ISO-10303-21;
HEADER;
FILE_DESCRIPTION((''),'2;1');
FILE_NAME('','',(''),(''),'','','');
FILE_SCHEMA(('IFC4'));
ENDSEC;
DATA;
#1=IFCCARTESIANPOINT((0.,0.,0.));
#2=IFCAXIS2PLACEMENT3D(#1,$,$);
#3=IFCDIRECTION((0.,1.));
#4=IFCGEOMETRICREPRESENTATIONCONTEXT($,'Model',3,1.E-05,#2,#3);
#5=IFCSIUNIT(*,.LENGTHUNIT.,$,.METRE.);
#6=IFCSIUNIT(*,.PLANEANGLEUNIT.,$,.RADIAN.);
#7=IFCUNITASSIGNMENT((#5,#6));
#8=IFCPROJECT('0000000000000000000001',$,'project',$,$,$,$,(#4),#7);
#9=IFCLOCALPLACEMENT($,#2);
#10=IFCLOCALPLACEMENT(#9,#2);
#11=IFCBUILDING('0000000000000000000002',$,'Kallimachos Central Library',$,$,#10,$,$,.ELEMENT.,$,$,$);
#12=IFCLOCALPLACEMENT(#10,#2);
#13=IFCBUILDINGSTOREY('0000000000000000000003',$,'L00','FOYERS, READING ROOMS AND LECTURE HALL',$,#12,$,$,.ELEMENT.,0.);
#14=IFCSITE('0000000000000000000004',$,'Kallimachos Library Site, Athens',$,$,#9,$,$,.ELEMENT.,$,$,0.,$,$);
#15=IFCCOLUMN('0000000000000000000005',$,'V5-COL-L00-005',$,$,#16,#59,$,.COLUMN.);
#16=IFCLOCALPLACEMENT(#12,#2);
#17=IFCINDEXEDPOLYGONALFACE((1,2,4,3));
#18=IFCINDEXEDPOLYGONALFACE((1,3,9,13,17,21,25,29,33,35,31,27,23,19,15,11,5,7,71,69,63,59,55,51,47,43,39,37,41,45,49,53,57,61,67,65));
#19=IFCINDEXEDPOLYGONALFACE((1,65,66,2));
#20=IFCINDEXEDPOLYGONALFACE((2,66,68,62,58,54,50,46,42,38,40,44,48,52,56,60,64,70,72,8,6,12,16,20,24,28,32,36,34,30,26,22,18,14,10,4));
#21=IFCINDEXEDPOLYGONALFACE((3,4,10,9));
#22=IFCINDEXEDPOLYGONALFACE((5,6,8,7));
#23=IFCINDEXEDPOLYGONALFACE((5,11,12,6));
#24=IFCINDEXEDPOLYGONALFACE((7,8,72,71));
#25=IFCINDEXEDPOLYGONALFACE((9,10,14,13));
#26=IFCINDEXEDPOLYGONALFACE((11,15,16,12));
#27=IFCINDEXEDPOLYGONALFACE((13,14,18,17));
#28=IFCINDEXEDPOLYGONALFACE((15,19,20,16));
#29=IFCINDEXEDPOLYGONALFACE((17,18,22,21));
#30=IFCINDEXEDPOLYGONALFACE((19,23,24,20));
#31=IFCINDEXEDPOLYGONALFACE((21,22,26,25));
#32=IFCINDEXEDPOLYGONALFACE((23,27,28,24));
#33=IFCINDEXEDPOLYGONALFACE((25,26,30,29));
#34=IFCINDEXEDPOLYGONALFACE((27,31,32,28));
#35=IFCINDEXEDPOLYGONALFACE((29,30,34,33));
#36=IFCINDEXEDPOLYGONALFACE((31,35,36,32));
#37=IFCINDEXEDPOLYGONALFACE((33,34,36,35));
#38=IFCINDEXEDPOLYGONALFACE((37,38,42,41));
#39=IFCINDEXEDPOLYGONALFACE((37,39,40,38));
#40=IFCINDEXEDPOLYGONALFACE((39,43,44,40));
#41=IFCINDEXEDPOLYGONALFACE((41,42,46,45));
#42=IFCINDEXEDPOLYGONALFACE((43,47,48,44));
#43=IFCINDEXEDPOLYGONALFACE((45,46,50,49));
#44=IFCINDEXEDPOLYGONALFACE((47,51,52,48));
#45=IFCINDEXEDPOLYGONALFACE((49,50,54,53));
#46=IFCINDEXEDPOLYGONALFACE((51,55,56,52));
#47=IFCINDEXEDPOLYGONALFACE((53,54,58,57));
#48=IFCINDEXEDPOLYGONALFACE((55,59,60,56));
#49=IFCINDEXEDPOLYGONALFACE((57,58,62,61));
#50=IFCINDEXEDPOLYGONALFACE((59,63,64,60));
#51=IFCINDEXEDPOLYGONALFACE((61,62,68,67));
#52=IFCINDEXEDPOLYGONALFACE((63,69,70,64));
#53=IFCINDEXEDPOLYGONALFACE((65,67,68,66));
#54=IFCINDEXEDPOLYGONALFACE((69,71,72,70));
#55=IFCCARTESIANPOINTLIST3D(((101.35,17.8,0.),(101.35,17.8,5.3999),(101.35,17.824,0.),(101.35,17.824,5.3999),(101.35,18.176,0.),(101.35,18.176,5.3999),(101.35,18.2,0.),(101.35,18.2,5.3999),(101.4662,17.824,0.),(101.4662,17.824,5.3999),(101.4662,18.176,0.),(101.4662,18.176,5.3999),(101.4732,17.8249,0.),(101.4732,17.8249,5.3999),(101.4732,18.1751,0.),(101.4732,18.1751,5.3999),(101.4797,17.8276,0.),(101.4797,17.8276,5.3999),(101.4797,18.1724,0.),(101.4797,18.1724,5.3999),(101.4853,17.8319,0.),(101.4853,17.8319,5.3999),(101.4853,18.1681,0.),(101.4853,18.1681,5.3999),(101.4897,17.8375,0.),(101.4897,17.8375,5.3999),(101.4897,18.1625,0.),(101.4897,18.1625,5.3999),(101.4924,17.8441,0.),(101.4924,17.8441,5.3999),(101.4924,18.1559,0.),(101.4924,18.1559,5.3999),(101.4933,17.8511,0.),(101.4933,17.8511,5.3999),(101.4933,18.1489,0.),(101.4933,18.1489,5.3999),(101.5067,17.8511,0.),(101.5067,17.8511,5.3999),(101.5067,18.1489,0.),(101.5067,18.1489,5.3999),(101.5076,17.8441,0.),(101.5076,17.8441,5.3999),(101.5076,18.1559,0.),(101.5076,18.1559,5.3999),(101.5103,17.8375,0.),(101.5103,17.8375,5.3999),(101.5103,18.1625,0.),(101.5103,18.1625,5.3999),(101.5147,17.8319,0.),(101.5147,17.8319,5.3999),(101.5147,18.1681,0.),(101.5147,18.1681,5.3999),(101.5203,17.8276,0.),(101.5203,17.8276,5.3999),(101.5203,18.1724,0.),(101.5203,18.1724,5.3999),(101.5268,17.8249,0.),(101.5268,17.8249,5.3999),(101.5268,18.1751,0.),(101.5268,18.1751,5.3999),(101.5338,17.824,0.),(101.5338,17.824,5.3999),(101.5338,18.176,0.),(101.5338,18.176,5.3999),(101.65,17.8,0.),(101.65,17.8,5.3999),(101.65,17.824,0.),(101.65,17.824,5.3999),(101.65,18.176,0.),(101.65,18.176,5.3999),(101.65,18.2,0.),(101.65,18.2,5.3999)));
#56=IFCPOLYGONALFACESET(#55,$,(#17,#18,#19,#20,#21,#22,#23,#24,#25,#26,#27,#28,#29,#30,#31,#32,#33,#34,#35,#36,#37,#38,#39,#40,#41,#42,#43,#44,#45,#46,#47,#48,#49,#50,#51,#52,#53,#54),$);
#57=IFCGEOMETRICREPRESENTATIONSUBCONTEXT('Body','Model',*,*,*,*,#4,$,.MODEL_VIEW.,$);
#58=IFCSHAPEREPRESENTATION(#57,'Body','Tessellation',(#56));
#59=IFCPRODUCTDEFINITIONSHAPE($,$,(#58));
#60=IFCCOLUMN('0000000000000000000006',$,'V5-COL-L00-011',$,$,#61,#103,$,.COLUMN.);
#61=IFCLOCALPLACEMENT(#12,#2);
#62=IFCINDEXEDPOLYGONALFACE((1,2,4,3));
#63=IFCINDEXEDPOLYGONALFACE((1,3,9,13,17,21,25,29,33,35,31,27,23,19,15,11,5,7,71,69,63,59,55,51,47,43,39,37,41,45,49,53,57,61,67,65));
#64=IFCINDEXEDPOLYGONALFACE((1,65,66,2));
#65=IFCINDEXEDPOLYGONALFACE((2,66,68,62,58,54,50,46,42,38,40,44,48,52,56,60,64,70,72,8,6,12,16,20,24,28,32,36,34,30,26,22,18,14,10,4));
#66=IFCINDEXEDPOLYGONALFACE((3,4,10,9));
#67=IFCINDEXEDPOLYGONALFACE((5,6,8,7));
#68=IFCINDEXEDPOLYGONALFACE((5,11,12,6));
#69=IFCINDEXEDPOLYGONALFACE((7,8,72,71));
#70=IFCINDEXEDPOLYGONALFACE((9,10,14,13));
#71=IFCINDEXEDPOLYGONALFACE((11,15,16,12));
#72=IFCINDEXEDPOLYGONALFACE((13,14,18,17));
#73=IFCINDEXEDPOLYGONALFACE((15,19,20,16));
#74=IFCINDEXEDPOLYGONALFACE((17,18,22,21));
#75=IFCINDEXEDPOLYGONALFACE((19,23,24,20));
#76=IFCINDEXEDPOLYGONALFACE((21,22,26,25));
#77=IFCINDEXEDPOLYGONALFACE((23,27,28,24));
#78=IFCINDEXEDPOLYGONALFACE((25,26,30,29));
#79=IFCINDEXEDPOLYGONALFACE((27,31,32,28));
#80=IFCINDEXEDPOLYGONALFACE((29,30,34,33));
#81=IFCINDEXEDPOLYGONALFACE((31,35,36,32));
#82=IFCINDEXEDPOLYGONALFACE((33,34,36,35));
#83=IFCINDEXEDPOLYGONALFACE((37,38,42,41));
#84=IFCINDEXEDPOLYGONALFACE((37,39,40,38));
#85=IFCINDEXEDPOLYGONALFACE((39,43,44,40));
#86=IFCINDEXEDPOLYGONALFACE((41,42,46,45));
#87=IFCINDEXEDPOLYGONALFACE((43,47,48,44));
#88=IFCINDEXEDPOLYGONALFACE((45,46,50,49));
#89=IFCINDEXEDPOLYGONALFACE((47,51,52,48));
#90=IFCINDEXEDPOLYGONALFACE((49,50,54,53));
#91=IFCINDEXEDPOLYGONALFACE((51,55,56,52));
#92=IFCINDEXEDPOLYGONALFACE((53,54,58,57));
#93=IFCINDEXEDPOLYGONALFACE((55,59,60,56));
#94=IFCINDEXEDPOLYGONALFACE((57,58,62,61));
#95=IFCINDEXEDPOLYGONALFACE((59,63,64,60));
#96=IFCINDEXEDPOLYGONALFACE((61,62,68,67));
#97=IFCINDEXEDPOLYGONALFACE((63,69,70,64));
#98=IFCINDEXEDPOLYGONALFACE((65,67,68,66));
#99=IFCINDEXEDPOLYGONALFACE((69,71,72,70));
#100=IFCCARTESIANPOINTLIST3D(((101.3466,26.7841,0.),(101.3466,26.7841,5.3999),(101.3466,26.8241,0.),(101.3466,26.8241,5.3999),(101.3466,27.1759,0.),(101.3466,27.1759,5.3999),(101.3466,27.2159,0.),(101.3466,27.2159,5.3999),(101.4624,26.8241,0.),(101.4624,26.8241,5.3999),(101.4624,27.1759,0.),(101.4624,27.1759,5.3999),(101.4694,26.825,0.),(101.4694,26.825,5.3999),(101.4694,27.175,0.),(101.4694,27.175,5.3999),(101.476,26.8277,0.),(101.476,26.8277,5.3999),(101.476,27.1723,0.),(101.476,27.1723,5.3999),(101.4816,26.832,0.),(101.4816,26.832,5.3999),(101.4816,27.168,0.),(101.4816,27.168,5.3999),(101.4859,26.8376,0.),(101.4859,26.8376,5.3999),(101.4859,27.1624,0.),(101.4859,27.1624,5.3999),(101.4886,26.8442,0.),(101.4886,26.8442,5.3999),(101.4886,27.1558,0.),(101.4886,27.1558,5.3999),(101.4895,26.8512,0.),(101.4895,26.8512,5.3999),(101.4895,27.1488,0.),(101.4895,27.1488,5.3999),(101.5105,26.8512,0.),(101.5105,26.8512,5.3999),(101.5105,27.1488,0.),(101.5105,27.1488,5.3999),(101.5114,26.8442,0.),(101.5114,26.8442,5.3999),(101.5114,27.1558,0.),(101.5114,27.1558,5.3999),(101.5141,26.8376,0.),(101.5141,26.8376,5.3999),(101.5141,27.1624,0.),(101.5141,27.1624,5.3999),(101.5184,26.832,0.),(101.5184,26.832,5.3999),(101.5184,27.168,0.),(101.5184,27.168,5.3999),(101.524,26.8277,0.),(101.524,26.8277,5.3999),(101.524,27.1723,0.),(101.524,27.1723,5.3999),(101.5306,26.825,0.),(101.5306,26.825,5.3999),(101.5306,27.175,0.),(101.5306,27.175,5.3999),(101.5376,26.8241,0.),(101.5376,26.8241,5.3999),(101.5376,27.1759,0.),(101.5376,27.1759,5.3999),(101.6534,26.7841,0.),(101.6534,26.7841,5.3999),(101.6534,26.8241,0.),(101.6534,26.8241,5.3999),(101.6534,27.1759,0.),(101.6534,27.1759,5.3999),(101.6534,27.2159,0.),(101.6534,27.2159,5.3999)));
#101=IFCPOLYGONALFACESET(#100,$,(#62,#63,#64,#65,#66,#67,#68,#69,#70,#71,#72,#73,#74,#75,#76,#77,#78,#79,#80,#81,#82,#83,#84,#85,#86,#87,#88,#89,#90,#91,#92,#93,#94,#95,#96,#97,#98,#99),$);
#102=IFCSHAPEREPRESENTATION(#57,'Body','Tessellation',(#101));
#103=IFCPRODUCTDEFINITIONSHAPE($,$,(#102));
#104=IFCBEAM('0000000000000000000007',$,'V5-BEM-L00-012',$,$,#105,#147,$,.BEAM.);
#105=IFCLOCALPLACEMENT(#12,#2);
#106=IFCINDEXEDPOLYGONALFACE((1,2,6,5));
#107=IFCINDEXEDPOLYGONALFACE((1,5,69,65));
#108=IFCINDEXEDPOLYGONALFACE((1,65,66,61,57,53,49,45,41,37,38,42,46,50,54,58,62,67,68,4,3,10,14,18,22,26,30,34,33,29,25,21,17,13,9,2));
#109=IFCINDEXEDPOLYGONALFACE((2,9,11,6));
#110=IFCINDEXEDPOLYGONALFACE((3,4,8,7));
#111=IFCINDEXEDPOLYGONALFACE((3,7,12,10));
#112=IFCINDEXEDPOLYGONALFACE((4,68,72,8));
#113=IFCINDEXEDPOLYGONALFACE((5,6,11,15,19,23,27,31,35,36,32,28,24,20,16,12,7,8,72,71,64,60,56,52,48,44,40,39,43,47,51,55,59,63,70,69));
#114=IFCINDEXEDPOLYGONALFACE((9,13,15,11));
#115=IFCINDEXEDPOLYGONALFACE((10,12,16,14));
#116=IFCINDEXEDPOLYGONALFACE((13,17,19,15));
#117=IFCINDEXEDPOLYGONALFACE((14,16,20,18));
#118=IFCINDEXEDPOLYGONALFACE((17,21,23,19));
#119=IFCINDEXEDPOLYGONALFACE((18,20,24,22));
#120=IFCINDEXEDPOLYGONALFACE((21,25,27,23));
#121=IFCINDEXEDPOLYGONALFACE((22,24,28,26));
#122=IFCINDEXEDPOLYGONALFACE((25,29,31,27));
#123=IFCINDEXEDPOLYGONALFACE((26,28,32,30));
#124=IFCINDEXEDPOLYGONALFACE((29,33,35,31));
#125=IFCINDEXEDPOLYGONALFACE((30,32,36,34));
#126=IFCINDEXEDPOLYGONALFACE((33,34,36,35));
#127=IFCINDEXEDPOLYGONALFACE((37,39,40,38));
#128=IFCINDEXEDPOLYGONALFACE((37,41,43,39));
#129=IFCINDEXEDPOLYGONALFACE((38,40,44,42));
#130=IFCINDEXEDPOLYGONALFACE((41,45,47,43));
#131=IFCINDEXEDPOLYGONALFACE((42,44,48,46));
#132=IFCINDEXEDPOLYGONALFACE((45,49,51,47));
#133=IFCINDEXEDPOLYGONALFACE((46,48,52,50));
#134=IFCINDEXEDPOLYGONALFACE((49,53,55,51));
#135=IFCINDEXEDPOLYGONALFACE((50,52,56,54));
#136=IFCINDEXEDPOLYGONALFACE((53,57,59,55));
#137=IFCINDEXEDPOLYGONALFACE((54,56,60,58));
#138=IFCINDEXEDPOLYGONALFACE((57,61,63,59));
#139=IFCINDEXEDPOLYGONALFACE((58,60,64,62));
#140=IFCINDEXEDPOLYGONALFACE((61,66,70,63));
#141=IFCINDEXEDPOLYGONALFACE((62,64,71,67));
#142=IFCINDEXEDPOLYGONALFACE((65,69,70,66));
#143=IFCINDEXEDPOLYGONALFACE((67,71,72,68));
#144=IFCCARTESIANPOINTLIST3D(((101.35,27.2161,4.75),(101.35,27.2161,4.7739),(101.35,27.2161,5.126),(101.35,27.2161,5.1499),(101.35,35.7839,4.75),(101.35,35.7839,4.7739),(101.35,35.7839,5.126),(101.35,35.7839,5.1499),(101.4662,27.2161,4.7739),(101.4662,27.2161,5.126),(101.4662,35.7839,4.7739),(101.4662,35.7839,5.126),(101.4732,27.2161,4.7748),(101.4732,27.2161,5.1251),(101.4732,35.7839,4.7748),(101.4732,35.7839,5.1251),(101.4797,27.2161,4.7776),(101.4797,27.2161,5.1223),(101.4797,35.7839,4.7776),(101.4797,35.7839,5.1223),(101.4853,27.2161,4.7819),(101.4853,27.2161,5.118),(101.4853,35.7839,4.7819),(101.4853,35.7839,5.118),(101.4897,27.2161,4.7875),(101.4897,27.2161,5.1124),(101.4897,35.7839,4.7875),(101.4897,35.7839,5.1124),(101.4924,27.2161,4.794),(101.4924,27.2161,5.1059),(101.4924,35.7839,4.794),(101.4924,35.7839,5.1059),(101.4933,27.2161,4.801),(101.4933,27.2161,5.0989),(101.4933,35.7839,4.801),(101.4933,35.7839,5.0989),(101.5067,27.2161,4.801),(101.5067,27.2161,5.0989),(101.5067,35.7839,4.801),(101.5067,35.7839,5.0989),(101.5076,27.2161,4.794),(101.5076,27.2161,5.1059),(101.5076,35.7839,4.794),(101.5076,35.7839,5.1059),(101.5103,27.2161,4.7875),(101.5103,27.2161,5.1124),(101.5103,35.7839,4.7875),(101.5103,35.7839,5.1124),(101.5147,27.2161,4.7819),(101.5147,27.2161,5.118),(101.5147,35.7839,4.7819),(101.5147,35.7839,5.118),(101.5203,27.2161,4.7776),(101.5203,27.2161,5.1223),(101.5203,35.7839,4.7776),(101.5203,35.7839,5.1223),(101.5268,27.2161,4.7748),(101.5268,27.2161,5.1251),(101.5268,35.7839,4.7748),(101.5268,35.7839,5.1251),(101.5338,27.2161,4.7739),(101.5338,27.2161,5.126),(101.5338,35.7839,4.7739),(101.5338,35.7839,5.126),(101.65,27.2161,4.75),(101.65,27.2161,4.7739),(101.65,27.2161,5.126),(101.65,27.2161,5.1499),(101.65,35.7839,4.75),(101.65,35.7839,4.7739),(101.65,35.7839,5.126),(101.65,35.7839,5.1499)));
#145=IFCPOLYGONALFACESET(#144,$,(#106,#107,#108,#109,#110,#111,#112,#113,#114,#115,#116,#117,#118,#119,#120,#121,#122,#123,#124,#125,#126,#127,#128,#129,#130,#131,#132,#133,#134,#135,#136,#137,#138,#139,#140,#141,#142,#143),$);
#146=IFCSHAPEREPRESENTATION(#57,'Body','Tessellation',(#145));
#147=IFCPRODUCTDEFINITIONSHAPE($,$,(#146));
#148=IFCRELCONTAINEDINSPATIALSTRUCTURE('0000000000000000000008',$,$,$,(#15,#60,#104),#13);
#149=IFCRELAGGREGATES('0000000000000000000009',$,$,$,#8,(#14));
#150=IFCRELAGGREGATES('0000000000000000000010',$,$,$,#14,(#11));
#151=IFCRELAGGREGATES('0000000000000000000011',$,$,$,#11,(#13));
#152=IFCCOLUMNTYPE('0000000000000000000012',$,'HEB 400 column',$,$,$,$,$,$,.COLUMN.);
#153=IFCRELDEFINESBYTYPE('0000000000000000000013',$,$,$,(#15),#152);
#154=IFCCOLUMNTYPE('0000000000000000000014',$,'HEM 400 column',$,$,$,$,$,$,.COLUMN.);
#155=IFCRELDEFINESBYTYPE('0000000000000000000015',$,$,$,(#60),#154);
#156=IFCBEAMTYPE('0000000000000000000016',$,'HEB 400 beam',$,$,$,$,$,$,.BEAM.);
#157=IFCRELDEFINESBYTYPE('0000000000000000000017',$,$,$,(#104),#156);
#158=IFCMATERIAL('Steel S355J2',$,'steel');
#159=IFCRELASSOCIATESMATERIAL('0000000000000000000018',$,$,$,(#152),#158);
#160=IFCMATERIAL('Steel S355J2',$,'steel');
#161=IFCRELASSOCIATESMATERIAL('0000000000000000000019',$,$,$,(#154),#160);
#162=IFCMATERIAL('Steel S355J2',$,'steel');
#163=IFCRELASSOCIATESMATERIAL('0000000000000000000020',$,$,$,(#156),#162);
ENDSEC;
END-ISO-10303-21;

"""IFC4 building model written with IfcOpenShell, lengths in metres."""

from ifc_helpers import new_model, si_unit, direction, frame, origin, origin_2d, place, context, subcontext, project, spatial, i_section, extrude, material, material_profile, profile_set, type_object, element, save


model = new_model("IFC4")

# Units and contexts
model_context = context("Model", 3, precision=1e-05, world=origin(), true_north=direction((0.0, 1.0)))
body_context = subcontext(model_context, "Body", "Model", "MODEL_VIEW")
ifc_project = project(units=[si_unit("LENGTHUNIT", "METRE"), si_unit("PLANEANGLEUNIT", "RADIAN")], contexts=[model_context])

# Site, building, storey
site_placement = place(None, origin())
site = spatial("IfcSite", under=ifc_project, at=site_placement, Name="Kallimachos Library Site, Athens", CompositionType="ELEMENT", RefElevation=0.0)
building_placement = place(site_placement, origin())
building = spatial("IfcBuilding", under=site, at=building_placement, Name="Kallimachos Central Library", CompositionType="ELEMENT")
storey_placement = place(building_placement, origin())
storey = spatial("IfcBuildingStorey", under=building, at=storey_placement, Name="L00", Description="FOYERS, READING ROOMS AND LECTURE HALL", CompositionType="ELEMENT", Elevation=0.0)

# Columns
ifc_material_1 = material(Name="Steel S355J2", Category="steel")
ifc_material_profile_1 = material_profile(ifc_material_1, i_section(OverallWidth=0.3, OverallDepth=0.3999, WebThickness=0.0134, FlangeThickness=0.0239, FilletRadius=0.0271, at=origin_2d()), Name="HEB 400")
ifc_profile_set_1 = profile_set([ifc_material_profile_1], Name="Steel S355J2")
column_type_1 = type_object("IfcColumnType", Name="HEB 400 column", PredefinedType="COLUMN", material=ifc_profile_set_1)
column_1_placement = place(storey_placement, frame((101.5, 18.0, 0.0), z_axis=(0.0, 0.0, 1.0), x_axis=(1.0, 0.0, 0.0)))
element("IfcColumn", 1, at=column_1_placement, inside=storey, type_object=column_type_1, Name="V5-COL-L00-005", PredefinedType="COLUMN", context=body_context, shape_type="SweptSolid", body=[
    extrude(i_section(OverallWidth=0.3, OverallDepth=0.3999, WebThickness=0.0134, FlangeThickness=0.0239, FilletRadius=0.0271, at=origin_2d()), origin(), (0.0, 0.0, 1.0), 5.3999),
])
ifc_material_2 = material(Name="Steel S355J2", Category="steel")
ifc_material_profile_2 = material_profile(ifc_material_2, i_section(OverallWidth=0.3069, OverallDepth=0.4319, WebThickness=0.021, FlangeThickness=0.04, FilletRadius=0.0271, at=origin_2d()), Name="HEM 400")
ifc_profile_set_2 = profile_set([ifc_material_profile_2], Name="Steel S355J2")
column_type_2 = type_object("IfcColumnType", Name="HEM 400 column", PredefinedType="COLUMN", material=ifc_profile_set_2)
column_2_placement = place(storey_placement, frame((101.5, 27.0, 0.0), z_axis=(0.0, 0.0, 1.0), x_axis=(1.0, 0.0, 0.0)))
element("IfcColumn", 2, at=column_2_placement, inside=storey, type_object=column_type_2, Name="V5-COL-L00-011", PredefinedType="COLUMN", context=body_context, shape_type="SweptSolid", body=[
    extrude(i_section(OverallWidth=0.3069, OverallDepth=0.4319, WebThickness=0.021, FlangeThickness=0.04, FilletRadius=0.0271, at=origin_2d()), origin(), (0.0, 0.0, 1.0), 5.3999),
])

# Beam
ifc_material_3 = material(Name="Steel S355J2", Category="steel")
ifc_material_profile_3 = material_profile(ifc_material_3, i_section(OverallWidth=0.3, OverallDepth=0.3999, WebThickness=0.0134, FlangeThickness=0.0239, FilletRadius=0.0271, at=origin_2d()), Name="HEB 400")
ifc_profile_set_3 = profile_set([ifc_material_profile_3], Name="Steel S355J2")
beam_type_1 = type_object("IfcBeamType", Name="HEB 400 beam", PredefinedType="BEAM", material=ifc_profile_set_3)
beam_1_placement = place(storey_placement, frame((101.5, 27.2161, 4.95), z_axis=(0.0, 1.0, 0.0), x_axis=(-1.0, 0.0, 0.0)))
element("IfcBeam", 3, at=beam_1_placement, inside=storey, type_object=beam_type_1, Name="V5-BEM-L00-012", PredefinedType="BEAM", context=body_context, shape_type="SweptSolid", body=[
    extrude(i_section(OverallWidth=0.3, OverallDepth=0.3999, WebThickness=0.0134, FlangeThickness=0.0239, FilletRadius=0.0271, at=origin_2d()), origin(), (0.0, 0.0, 1.0), 8.5679),
])

save(model, "model.ifc")
